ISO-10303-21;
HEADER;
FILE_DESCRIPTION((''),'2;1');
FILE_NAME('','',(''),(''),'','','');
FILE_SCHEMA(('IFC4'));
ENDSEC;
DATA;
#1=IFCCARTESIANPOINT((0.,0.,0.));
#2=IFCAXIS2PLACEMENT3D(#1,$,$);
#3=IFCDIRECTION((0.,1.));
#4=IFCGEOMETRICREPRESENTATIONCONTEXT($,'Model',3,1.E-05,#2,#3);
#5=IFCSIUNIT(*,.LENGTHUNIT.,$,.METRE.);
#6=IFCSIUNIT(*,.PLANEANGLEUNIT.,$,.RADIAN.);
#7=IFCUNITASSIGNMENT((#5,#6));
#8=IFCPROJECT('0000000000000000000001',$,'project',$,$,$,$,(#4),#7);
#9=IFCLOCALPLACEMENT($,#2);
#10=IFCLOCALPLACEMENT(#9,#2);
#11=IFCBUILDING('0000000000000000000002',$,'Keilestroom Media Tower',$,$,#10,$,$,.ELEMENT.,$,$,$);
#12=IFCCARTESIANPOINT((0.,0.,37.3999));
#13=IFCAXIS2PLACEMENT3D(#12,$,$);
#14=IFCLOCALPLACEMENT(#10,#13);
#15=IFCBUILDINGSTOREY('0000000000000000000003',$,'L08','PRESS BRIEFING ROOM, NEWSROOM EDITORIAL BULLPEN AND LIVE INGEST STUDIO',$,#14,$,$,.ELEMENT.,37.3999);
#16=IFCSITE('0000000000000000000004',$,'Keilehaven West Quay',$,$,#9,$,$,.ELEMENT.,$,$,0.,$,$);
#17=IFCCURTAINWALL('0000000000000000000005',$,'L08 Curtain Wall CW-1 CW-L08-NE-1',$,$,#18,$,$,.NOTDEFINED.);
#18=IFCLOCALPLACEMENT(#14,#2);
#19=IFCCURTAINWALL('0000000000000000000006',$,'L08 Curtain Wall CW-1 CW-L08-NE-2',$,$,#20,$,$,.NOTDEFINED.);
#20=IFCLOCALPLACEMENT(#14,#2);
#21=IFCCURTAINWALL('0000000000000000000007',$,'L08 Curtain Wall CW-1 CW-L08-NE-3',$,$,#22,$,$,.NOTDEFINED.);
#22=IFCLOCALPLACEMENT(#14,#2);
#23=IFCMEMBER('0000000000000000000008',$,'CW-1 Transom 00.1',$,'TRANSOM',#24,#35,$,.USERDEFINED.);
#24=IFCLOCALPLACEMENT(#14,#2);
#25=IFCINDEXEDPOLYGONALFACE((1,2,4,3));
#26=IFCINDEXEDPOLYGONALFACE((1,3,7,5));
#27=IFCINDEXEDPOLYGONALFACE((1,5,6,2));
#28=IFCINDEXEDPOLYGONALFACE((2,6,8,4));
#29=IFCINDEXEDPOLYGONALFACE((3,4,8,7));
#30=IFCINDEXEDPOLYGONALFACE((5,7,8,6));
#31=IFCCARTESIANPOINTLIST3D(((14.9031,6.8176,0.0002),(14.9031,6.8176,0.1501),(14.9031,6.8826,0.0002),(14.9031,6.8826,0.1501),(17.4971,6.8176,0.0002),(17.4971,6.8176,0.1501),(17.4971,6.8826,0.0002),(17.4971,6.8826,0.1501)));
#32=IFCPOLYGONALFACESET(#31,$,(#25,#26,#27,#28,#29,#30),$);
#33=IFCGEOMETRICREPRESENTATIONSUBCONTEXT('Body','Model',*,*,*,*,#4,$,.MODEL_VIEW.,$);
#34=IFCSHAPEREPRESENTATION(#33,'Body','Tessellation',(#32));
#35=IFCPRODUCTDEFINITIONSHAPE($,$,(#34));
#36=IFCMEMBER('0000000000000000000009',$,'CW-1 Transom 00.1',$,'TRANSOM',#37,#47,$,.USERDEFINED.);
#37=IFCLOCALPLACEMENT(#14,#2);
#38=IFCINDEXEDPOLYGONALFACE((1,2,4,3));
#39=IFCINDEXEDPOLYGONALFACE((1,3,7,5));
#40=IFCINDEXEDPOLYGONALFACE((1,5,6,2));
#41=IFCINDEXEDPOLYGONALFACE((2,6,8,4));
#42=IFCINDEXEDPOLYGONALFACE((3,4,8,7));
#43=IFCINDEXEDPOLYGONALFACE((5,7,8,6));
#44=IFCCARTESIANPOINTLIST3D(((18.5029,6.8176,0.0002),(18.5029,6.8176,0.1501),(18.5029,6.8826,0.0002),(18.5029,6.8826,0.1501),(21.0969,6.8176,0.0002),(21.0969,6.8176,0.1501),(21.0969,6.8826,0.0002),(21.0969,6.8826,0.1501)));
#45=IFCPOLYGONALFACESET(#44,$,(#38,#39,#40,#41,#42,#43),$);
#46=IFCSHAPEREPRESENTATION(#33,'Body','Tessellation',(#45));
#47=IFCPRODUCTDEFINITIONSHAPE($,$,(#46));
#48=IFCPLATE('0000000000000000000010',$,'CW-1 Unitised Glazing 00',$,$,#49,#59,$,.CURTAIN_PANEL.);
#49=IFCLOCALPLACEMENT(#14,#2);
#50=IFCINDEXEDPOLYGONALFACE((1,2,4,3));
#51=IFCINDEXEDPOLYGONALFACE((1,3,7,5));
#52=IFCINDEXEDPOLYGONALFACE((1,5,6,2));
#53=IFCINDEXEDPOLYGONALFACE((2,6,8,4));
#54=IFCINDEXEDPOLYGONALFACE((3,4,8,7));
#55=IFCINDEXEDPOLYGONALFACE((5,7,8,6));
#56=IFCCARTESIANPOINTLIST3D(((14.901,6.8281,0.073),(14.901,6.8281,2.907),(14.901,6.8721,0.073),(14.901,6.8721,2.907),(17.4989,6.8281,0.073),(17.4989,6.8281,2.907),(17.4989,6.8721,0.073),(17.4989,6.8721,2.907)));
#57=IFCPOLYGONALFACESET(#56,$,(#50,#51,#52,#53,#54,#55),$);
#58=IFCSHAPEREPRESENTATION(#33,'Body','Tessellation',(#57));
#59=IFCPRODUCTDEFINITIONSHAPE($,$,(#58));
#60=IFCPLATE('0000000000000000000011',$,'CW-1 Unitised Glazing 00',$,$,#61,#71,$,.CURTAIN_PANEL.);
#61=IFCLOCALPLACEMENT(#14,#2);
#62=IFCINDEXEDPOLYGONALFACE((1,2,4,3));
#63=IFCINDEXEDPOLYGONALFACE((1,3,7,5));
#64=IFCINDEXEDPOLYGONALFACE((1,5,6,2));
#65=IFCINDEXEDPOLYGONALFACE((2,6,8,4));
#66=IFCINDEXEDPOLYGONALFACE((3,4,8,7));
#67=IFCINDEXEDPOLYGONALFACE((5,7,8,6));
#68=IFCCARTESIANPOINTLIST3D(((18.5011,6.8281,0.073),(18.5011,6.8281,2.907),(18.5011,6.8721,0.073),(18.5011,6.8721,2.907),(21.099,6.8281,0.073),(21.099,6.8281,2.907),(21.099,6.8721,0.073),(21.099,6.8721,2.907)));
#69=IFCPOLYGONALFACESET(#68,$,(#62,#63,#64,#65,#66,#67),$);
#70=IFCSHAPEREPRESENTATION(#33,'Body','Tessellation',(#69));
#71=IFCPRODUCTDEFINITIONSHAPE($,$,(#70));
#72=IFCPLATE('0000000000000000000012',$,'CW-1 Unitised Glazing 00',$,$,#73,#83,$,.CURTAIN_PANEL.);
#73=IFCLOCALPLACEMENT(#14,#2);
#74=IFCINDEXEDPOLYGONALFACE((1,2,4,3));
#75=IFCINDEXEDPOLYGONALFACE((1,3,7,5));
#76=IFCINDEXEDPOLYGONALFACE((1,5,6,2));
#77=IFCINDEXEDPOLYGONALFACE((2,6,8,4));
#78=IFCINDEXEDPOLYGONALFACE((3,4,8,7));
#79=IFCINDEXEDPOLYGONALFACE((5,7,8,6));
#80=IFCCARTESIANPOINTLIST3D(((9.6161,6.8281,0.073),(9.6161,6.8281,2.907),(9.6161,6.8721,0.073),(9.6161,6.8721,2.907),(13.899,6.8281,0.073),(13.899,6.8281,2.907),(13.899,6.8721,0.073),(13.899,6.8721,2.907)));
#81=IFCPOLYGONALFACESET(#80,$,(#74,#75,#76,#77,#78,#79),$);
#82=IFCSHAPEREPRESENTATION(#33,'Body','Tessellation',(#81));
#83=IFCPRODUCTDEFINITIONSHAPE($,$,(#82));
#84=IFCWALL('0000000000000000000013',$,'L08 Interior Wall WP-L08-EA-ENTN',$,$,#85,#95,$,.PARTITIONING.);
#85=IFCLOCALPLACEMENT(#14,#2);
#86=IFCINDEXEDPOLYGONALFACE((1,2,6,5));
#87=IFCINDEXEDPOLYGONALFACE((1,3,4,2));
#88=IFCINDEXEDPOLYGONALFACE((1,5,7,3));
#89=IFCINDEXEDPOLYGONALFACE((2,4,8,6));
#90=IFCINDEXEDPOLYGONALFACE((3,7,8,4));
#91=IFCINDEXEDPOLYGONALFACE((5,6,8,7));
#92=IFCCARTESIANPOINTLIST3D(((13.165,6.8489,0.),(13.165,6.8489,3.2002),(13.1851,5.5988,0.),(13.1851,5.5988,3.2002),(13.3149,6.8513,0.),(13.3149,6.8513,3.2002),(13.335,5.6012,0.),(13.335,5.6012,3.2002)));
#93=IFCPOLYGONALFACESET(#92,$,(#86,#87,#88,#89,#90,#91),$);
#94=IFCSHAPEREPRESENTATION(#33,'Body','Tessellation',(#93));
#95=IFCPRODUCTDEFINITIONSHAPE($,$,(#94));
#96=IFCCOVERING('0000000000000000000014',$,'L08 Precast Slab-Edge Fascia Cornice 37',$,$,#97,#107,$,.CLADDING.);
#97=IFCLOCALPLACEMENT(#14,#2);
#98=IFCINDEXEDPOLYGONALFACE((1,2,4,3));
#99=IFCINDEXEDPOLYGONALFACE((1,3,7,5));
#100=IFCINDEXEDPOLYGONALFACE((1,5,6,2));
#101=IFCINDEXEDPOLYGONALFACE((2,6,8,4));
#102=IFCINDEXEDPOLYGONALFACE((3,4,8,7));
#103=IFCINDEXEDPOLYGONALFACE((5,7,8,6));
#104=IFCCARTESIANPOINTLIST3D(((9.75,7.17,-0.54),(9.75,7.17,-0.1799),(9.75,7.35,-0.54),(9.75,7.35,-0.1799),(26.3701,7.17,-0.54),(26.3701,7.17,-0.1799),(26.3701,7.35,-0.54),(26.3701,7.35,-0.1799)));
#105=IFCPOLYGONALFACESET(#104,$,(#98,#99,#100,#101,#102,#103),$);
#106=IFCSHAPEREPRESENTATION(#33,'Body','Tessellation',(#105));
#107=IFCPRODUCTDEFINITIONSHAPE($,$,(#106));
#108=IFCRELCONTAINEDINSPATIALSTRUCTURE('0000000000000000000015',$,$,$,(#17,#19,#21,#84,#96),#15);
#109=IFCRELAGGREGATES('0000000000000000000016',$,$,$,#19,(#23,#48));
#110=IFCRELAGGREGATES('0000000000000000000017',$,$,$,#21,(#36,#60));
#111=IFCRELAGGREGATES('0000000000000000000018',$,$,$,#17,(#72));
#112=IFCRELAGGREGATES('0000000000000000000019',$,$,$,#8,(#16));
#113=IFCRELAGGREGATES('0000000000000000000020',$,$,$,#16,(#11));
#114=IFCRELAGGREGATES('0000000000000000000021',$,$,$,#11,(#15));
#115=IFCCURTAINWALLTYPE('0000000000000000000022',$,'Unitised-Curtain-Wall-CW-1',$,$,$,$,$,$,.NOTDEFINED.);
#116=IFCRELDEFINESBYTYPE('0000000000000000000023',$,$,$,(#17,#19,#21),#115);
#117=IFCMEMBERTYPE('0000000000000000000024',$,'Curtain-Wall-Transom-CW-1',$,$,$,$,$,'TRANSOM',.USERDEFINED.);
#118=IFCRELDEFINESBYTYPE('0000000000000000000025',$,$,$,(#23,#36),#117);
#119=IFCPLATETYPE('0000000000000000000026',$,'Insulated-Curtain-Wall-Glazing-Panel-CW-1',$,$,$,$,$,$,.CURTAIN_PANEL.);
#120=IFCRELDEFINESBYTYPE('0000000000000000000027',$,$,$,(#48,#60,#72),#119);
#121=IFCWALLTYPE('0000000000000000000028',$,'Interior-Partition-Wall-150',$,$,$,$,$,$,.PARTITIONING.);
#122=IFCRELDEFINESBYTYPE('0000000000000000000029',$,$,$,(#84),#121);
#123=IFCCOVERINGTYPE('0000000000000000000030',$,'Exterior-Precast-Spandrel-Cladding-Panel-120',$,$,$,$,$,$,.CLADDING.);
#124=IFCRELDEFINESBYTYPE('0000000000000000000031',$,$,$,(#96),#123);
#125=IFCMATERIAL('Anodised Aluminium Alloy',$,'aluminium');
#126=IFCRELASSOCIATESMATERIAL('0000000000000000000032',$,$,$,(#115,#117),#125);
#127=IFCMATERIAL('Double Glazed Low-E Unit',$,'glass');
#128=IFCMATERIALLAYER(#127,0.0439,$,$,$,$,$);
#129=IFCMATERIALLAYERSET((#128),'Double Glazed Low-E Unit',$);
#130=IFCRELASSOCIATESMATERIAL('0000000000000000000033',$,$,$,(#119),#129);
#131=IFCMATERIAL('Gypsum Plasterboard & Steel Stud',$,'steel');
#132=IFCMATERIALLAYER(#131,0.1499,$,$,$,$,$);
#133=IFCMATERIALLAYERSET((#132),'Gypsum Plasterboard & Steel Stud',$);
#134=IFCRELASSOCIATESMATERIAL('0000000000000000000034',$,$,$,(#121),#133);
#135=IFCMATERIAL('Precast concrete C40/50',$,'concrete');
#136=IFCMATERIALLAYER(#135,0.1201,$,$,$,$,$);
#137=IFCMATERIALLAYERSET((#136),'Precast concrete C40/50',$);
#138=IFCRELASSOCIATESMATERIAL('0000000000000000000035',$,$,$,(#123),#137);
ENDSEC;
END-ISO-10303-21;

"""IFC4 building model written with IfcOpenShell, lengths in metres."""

from ifc_helpers import new_model, si_unit, direction, frame, frame_2d, origin, origin_2d, place, context, subcontext, project, spatial, rectangle, extrude, source, transform, mapped, material, layer, layer_set, material_profile, profile_set, type_object, element, aggregate, save


model = new_model("IFC4")

# Units and contexts
model_context = context("Model", 3, precision=1e-05, world=origin(), true_north=direction((0.0, 1.0)))
body_context = subcontext(model_context, "Body", "Model", "MODEL_VIEW")
ifc_project = project(units=[si_unit("LENGTHUNIT", "METRE"), si_unit("PLANEANGLEUNIT", "RADIAN")], contexts=[model_context])

# Site, building, storey
site_placement = place(None, origin())
site = spatial("IfcSite", under=ifc_project, at=site_placement, Name="Keilehaven West Quay", CompositionType="ELEMENT", RefElevation=0.0)
building_placement = place(site_placement, origin())
building = spatial("IfcBuilding", under=site, at=building_placement, Name="Keilestroom Media Tower", CompositionType="ELEMENT")
storey_placement = place(building_placement, frame((0.0, 0.0, 37.3999)))
storey = spatial("IfcBuildingStorey", under=building, at=storey_placement, Name="L08", Description="PRESS BRIEFING ROOM, NEWSROOM EDITORIAL BULLPEN AND LIVE INGEST STUDIO", CompositionType="ELEMENT", Elevation=37.3999)

# Shared definitions
ifc_material_1 = material(Name="Precast concrete C40/50", Category="concrete")

# Curtain wall
ifc_material_2 = material(Name="Anodised Aluminium Alloy", Category="aluminium")
curtain_wall_type = type_object("IfcCurtainWallType", Name="Unitised-Curtain-Wall-CW-1", PredefinedType="NOTDEFINED", material=ifc_material_2)
curtain_wall_1_placement = place(storey_placement, origin())
curtain_wall_1 = element("IfcCurtainWall", 1, at=curtain_wall_1_placement, inside=storey, type_object=curtain_wall_type, Name="L08 Curtain Wall CW-1 CW-L08-NE-1", PredefinedType="NOTDEFINED")

# Curtain walls
curtain_wall_2_placement = place(storey_placement, origin())
curtain_wall_2 = element("IfcCurtainWall", 2, at=curtain_wall_2_placement, inside=storey, type_object=curtain_wall_type, Name="L08 Curtain Wall CW-1 CW-L08-NE-2", PredefinedType="NOTDEFINED")
curtain_wall_3_placement = place(storey_placement, origin())
curtain_wall_3 = element("IfcCurtainWall", 3, at=curtain_wall_3_placement, inside=storey, type_object=curtain_wall_type, Name="L08 Curtain Wall CW-1 CW-L08-NE-3", PredefinedType="NOTDEFINED")

# Members
ifc_material_profile_1 = material_profile(ifc_material_2, rectangle(XDim=0.0649, YDim=0.1499, at=origin_2d()), Name="ALU TRANSOM 65x150")
ifc_profile_set_1 = profile_set([ifc_material_profile_1], Name="Anodised Aluminium Alloy")
member_type_1 = type_object("IfcMemberType", Name="Curtain-Wall-Transom-CW-1", ElementType="TRANSOM", PredefinedType="USERDEFINED", material=ifc_profile_set_1)
shared_shape_1 = source(origin(), body_context, "Body", "SweptSolid", [
    extrude(rectangle(XDim=0.0649, YDim=0.1499, at=origin_2d()), origin(), (0.0, 0.0, 1.0), 2.594),
])
member_1_placement = place(storey_placement, frame((14.9031, 6.8501, 0.0752), z_axis=(1.0, 0.0, 0.0), x_axis=(0.0, 1.0, 0.0)))
member_1 = element("IfcMember", 4, at=member_1_placement, type_object=member_type_1, Name="CW-1 Transom 00.1", ObjectType="TRANSOM", PredefinedType="USERDEFINED", context=body_context, shape_type="MappedRepresentation", body=[
    mapped(shared_shape_1, transform((0.0, 0.0, 0.0), x_axis=(1.0, 0.0, 0.0), y_axis=(0.0, 1.0, 0.0), z_axis=(0.0, 0.0, 1.0), scale=1.0)),
])
member_2_placement = place(storey_placement, frame((18.5029, 6.8501, 0.0752), z_axis=(1.0, 0.0, 0.0), x_axis=(0.0, 1.0, 0.0)))
member_2 = element("IfcMember", 5, at=member_2_placement, type_object=member_type_1, Name="CW-1 Transom 00.1", ObjectType="TRANSOM", PredefinedType="USERDEFINED", context=body_context, shape_type="MappedRepresentation", body=[
    mapped(shared_shape_1, transform((0.0, 0.0, 0.0), x_axis=(1.0, 0.0, 0.0), y_axis=(0.0, 1.0, 0.0), z_axis=(0.0, 0.0, 1.0), scale=1.0)),
])

# Plates
ifc_material_3 = material(Name="Double Glazed Low-E Unit", Category="glass")
ifc_layer_1 = layer(ifc_material_3, 0.0439)
ifc_layer_set_1 = layer_set([ifc_layer_1], Name="Double Glazed Low-E Unit")
plate_type = type_object("IfcPlateType", Name="Insulated-Curtain-Wall-Glazing-Panel-CW-1", PredefinedType="CURTAIN_PANEL", material=ifc_layer_set_1)
shared_shape_2 = source(origin(), body_context, "Body", "SweptSolid", [
    extrude(rectangle(XDim=2.5979, YDim=0.0439, at=origin_2d()), origin(), (0.0, 0.0, 1.0), 2.834),
])
plate_1_placement = place(storey_placement, frame((16.2, 6.8501, 0.073), z_axis=(0.0, 0.0, 1.0), x_axis=(1.0, 0.0, 0.0)))
plate_1 = element("IfcPlate", 6, at=plate_1_placement, type_object=plate_type, Name="CW-1 Unitised Glazing 00", PredefinedType="CURTAIN_PANEL", context=body_context, shape_type="MappedRepresentation", body=[
    mapped(shared_shape_2, transform((0.0, 0.0, 0.0), x_axis=(1.0, 0.0, 0.0), y_axis=(0.0, 1.0, 0.0), z_axis=(0.0, 0.0, 1.0), scale=1.0)),
])
aggregate(curtain_wall_2, [member_1, plate_1])
plate_2_placement = place(storey_placement, frame((19.8, 6.8501, 0.073), z_axis=(0.0, 0.0, 1.0), x_axis=(1.0, 0.0, 0.0)))
plate_2 = element("IfcPlate", 7, at=plate_2_placement, type_object=plate_type, Name="CW-1 Unitised Glazing 00", PredefinedType="CURTAIN_PANEL", context=body_context, shape_type="MappedRepresentation", body=[
    mapped(shared_shape_2, transform((0.0, 0.0, 0.0), x_axis=(1.0, 0.0, 0.0), y_axis=(0.0, 1.0, 0.0), z_axis=(0.0, 0.0, 1.0), scale=1.0)),
])
aggregate(curtain_wall_3, [member_2, plate_2])
shared_shape_3 = source(origin(), body_context, "Body", "SweptSolid", [
    extrude(rectangle(XDim=4.283, YDim=0.0439, at=origin_2d()), origin(), (0.0, 0.0, 1.0), 2.834),
])
plate_3_placement = place(storey_placement, frame((11.7576, 6.8501, 0.073), z_axis=(0.0, 0.0, 1.0), x_axis=(1.0, 0.0, 0.0)))
plate_3 = element("IfcPlate", 8, at=plate_3_placement, type_object=plate_type, Name="CW-1 Unitised Glazing 00", PredefinedType="CURTAIN_PANEL", context=body_context, shape_type="MappedRepresentation", body=[
    mapped(shared_shape_3, transform((0.0, 0.0, 0.0), x_axis=(1.0, 0.0, 0.0), y_axis=(0.0, 1.0, 0.0), z_axis=(0.0, 0.0, 1.0), scale=1.0)),
])
aggregate(curtain_wall_1, [plate_3])

# Wall
ifc_material_4 = material(Name="Gypsum Plasterboard & Steel Stud", Category="steel")
ifc_layer_2 = layer(ifc_material_4, 0.1499)
ifc_layer_set_2 = layer_set([ifc_layer_2], Name="Gypsum Plasterboard & Steel Stud")
wall_type = type_object("IfcWallType", Name="Interior-Partition-Wall-150", PredefinedType="PARTITIONING", material=ifc_layer_set_2)
wall_placement = place(storey_placement, frame((13.26, 5.6001, 0.0), z_axis=(0.0, 0.0, 1.0), x_axis=(-0.016014, 0.999872, 0.0)))
element("IfcWall", 9, at=wall_placement, inside=storey, type_object=wall_type, Name="L08 Interior Wall WP-L08-EA-ENTN", PredefinedType="PARTITIONING", context=body_context, shape_type="SweptSolid", body=[
    extrude(rectangle(XDim=1.2502, YDim=0.1499, at=frame_2d((0.625, 0.0))), origin(), (0.0, 0.0, 1.0), 3.2002),
])

# Covering
ifc_layer_3 = layer(ifc_material_1, 0.1201)
ifc_layer_set_3 = layer_set([ifc_layer_3], Name="Precast concrete C40/50")
covering_type = type_object("IfcCoveringType", Name="Exterior-Precast-Spandrel-Cladding-Panel-120", PredefinedType="CLADDING", material=ifc_layer_set_3)
shared_shape_4 = source(origin(), body_context, "Body", "SweptSolid", [
    extrude(rectangle(XDim=16.6201, YDim=0.1799, at=origin_2d()), origin(), (0.0, 0.0, 1.0), 0.3601),
])
covering_placement = place(storey_placement, frame((18.0601, 7.26, -0.54), z_axis=(0.0, 0.0, 1.0), x_axis=(1.0, 0.0, 0.0)))
element("IfcCovering", 10, at=covering_placement, inside=storey, type_object=covering_type, Name="L08 Precast Slab-Edge Fascia Cornice 37", PredefinedType="CLADDING", context=body_context, shape_type="MappedRepresentation", body=[
    mapped(shared_shape_4, transform((0.0, 0.0, 0.0), x_axis=(1.0, 0.0, 0.0), y_axis=(0.0, 1.0, 0.0), z_axis=(0.0, 0.0, 1.0), scale=1.0)),
])

save(model, "model.ifc")
